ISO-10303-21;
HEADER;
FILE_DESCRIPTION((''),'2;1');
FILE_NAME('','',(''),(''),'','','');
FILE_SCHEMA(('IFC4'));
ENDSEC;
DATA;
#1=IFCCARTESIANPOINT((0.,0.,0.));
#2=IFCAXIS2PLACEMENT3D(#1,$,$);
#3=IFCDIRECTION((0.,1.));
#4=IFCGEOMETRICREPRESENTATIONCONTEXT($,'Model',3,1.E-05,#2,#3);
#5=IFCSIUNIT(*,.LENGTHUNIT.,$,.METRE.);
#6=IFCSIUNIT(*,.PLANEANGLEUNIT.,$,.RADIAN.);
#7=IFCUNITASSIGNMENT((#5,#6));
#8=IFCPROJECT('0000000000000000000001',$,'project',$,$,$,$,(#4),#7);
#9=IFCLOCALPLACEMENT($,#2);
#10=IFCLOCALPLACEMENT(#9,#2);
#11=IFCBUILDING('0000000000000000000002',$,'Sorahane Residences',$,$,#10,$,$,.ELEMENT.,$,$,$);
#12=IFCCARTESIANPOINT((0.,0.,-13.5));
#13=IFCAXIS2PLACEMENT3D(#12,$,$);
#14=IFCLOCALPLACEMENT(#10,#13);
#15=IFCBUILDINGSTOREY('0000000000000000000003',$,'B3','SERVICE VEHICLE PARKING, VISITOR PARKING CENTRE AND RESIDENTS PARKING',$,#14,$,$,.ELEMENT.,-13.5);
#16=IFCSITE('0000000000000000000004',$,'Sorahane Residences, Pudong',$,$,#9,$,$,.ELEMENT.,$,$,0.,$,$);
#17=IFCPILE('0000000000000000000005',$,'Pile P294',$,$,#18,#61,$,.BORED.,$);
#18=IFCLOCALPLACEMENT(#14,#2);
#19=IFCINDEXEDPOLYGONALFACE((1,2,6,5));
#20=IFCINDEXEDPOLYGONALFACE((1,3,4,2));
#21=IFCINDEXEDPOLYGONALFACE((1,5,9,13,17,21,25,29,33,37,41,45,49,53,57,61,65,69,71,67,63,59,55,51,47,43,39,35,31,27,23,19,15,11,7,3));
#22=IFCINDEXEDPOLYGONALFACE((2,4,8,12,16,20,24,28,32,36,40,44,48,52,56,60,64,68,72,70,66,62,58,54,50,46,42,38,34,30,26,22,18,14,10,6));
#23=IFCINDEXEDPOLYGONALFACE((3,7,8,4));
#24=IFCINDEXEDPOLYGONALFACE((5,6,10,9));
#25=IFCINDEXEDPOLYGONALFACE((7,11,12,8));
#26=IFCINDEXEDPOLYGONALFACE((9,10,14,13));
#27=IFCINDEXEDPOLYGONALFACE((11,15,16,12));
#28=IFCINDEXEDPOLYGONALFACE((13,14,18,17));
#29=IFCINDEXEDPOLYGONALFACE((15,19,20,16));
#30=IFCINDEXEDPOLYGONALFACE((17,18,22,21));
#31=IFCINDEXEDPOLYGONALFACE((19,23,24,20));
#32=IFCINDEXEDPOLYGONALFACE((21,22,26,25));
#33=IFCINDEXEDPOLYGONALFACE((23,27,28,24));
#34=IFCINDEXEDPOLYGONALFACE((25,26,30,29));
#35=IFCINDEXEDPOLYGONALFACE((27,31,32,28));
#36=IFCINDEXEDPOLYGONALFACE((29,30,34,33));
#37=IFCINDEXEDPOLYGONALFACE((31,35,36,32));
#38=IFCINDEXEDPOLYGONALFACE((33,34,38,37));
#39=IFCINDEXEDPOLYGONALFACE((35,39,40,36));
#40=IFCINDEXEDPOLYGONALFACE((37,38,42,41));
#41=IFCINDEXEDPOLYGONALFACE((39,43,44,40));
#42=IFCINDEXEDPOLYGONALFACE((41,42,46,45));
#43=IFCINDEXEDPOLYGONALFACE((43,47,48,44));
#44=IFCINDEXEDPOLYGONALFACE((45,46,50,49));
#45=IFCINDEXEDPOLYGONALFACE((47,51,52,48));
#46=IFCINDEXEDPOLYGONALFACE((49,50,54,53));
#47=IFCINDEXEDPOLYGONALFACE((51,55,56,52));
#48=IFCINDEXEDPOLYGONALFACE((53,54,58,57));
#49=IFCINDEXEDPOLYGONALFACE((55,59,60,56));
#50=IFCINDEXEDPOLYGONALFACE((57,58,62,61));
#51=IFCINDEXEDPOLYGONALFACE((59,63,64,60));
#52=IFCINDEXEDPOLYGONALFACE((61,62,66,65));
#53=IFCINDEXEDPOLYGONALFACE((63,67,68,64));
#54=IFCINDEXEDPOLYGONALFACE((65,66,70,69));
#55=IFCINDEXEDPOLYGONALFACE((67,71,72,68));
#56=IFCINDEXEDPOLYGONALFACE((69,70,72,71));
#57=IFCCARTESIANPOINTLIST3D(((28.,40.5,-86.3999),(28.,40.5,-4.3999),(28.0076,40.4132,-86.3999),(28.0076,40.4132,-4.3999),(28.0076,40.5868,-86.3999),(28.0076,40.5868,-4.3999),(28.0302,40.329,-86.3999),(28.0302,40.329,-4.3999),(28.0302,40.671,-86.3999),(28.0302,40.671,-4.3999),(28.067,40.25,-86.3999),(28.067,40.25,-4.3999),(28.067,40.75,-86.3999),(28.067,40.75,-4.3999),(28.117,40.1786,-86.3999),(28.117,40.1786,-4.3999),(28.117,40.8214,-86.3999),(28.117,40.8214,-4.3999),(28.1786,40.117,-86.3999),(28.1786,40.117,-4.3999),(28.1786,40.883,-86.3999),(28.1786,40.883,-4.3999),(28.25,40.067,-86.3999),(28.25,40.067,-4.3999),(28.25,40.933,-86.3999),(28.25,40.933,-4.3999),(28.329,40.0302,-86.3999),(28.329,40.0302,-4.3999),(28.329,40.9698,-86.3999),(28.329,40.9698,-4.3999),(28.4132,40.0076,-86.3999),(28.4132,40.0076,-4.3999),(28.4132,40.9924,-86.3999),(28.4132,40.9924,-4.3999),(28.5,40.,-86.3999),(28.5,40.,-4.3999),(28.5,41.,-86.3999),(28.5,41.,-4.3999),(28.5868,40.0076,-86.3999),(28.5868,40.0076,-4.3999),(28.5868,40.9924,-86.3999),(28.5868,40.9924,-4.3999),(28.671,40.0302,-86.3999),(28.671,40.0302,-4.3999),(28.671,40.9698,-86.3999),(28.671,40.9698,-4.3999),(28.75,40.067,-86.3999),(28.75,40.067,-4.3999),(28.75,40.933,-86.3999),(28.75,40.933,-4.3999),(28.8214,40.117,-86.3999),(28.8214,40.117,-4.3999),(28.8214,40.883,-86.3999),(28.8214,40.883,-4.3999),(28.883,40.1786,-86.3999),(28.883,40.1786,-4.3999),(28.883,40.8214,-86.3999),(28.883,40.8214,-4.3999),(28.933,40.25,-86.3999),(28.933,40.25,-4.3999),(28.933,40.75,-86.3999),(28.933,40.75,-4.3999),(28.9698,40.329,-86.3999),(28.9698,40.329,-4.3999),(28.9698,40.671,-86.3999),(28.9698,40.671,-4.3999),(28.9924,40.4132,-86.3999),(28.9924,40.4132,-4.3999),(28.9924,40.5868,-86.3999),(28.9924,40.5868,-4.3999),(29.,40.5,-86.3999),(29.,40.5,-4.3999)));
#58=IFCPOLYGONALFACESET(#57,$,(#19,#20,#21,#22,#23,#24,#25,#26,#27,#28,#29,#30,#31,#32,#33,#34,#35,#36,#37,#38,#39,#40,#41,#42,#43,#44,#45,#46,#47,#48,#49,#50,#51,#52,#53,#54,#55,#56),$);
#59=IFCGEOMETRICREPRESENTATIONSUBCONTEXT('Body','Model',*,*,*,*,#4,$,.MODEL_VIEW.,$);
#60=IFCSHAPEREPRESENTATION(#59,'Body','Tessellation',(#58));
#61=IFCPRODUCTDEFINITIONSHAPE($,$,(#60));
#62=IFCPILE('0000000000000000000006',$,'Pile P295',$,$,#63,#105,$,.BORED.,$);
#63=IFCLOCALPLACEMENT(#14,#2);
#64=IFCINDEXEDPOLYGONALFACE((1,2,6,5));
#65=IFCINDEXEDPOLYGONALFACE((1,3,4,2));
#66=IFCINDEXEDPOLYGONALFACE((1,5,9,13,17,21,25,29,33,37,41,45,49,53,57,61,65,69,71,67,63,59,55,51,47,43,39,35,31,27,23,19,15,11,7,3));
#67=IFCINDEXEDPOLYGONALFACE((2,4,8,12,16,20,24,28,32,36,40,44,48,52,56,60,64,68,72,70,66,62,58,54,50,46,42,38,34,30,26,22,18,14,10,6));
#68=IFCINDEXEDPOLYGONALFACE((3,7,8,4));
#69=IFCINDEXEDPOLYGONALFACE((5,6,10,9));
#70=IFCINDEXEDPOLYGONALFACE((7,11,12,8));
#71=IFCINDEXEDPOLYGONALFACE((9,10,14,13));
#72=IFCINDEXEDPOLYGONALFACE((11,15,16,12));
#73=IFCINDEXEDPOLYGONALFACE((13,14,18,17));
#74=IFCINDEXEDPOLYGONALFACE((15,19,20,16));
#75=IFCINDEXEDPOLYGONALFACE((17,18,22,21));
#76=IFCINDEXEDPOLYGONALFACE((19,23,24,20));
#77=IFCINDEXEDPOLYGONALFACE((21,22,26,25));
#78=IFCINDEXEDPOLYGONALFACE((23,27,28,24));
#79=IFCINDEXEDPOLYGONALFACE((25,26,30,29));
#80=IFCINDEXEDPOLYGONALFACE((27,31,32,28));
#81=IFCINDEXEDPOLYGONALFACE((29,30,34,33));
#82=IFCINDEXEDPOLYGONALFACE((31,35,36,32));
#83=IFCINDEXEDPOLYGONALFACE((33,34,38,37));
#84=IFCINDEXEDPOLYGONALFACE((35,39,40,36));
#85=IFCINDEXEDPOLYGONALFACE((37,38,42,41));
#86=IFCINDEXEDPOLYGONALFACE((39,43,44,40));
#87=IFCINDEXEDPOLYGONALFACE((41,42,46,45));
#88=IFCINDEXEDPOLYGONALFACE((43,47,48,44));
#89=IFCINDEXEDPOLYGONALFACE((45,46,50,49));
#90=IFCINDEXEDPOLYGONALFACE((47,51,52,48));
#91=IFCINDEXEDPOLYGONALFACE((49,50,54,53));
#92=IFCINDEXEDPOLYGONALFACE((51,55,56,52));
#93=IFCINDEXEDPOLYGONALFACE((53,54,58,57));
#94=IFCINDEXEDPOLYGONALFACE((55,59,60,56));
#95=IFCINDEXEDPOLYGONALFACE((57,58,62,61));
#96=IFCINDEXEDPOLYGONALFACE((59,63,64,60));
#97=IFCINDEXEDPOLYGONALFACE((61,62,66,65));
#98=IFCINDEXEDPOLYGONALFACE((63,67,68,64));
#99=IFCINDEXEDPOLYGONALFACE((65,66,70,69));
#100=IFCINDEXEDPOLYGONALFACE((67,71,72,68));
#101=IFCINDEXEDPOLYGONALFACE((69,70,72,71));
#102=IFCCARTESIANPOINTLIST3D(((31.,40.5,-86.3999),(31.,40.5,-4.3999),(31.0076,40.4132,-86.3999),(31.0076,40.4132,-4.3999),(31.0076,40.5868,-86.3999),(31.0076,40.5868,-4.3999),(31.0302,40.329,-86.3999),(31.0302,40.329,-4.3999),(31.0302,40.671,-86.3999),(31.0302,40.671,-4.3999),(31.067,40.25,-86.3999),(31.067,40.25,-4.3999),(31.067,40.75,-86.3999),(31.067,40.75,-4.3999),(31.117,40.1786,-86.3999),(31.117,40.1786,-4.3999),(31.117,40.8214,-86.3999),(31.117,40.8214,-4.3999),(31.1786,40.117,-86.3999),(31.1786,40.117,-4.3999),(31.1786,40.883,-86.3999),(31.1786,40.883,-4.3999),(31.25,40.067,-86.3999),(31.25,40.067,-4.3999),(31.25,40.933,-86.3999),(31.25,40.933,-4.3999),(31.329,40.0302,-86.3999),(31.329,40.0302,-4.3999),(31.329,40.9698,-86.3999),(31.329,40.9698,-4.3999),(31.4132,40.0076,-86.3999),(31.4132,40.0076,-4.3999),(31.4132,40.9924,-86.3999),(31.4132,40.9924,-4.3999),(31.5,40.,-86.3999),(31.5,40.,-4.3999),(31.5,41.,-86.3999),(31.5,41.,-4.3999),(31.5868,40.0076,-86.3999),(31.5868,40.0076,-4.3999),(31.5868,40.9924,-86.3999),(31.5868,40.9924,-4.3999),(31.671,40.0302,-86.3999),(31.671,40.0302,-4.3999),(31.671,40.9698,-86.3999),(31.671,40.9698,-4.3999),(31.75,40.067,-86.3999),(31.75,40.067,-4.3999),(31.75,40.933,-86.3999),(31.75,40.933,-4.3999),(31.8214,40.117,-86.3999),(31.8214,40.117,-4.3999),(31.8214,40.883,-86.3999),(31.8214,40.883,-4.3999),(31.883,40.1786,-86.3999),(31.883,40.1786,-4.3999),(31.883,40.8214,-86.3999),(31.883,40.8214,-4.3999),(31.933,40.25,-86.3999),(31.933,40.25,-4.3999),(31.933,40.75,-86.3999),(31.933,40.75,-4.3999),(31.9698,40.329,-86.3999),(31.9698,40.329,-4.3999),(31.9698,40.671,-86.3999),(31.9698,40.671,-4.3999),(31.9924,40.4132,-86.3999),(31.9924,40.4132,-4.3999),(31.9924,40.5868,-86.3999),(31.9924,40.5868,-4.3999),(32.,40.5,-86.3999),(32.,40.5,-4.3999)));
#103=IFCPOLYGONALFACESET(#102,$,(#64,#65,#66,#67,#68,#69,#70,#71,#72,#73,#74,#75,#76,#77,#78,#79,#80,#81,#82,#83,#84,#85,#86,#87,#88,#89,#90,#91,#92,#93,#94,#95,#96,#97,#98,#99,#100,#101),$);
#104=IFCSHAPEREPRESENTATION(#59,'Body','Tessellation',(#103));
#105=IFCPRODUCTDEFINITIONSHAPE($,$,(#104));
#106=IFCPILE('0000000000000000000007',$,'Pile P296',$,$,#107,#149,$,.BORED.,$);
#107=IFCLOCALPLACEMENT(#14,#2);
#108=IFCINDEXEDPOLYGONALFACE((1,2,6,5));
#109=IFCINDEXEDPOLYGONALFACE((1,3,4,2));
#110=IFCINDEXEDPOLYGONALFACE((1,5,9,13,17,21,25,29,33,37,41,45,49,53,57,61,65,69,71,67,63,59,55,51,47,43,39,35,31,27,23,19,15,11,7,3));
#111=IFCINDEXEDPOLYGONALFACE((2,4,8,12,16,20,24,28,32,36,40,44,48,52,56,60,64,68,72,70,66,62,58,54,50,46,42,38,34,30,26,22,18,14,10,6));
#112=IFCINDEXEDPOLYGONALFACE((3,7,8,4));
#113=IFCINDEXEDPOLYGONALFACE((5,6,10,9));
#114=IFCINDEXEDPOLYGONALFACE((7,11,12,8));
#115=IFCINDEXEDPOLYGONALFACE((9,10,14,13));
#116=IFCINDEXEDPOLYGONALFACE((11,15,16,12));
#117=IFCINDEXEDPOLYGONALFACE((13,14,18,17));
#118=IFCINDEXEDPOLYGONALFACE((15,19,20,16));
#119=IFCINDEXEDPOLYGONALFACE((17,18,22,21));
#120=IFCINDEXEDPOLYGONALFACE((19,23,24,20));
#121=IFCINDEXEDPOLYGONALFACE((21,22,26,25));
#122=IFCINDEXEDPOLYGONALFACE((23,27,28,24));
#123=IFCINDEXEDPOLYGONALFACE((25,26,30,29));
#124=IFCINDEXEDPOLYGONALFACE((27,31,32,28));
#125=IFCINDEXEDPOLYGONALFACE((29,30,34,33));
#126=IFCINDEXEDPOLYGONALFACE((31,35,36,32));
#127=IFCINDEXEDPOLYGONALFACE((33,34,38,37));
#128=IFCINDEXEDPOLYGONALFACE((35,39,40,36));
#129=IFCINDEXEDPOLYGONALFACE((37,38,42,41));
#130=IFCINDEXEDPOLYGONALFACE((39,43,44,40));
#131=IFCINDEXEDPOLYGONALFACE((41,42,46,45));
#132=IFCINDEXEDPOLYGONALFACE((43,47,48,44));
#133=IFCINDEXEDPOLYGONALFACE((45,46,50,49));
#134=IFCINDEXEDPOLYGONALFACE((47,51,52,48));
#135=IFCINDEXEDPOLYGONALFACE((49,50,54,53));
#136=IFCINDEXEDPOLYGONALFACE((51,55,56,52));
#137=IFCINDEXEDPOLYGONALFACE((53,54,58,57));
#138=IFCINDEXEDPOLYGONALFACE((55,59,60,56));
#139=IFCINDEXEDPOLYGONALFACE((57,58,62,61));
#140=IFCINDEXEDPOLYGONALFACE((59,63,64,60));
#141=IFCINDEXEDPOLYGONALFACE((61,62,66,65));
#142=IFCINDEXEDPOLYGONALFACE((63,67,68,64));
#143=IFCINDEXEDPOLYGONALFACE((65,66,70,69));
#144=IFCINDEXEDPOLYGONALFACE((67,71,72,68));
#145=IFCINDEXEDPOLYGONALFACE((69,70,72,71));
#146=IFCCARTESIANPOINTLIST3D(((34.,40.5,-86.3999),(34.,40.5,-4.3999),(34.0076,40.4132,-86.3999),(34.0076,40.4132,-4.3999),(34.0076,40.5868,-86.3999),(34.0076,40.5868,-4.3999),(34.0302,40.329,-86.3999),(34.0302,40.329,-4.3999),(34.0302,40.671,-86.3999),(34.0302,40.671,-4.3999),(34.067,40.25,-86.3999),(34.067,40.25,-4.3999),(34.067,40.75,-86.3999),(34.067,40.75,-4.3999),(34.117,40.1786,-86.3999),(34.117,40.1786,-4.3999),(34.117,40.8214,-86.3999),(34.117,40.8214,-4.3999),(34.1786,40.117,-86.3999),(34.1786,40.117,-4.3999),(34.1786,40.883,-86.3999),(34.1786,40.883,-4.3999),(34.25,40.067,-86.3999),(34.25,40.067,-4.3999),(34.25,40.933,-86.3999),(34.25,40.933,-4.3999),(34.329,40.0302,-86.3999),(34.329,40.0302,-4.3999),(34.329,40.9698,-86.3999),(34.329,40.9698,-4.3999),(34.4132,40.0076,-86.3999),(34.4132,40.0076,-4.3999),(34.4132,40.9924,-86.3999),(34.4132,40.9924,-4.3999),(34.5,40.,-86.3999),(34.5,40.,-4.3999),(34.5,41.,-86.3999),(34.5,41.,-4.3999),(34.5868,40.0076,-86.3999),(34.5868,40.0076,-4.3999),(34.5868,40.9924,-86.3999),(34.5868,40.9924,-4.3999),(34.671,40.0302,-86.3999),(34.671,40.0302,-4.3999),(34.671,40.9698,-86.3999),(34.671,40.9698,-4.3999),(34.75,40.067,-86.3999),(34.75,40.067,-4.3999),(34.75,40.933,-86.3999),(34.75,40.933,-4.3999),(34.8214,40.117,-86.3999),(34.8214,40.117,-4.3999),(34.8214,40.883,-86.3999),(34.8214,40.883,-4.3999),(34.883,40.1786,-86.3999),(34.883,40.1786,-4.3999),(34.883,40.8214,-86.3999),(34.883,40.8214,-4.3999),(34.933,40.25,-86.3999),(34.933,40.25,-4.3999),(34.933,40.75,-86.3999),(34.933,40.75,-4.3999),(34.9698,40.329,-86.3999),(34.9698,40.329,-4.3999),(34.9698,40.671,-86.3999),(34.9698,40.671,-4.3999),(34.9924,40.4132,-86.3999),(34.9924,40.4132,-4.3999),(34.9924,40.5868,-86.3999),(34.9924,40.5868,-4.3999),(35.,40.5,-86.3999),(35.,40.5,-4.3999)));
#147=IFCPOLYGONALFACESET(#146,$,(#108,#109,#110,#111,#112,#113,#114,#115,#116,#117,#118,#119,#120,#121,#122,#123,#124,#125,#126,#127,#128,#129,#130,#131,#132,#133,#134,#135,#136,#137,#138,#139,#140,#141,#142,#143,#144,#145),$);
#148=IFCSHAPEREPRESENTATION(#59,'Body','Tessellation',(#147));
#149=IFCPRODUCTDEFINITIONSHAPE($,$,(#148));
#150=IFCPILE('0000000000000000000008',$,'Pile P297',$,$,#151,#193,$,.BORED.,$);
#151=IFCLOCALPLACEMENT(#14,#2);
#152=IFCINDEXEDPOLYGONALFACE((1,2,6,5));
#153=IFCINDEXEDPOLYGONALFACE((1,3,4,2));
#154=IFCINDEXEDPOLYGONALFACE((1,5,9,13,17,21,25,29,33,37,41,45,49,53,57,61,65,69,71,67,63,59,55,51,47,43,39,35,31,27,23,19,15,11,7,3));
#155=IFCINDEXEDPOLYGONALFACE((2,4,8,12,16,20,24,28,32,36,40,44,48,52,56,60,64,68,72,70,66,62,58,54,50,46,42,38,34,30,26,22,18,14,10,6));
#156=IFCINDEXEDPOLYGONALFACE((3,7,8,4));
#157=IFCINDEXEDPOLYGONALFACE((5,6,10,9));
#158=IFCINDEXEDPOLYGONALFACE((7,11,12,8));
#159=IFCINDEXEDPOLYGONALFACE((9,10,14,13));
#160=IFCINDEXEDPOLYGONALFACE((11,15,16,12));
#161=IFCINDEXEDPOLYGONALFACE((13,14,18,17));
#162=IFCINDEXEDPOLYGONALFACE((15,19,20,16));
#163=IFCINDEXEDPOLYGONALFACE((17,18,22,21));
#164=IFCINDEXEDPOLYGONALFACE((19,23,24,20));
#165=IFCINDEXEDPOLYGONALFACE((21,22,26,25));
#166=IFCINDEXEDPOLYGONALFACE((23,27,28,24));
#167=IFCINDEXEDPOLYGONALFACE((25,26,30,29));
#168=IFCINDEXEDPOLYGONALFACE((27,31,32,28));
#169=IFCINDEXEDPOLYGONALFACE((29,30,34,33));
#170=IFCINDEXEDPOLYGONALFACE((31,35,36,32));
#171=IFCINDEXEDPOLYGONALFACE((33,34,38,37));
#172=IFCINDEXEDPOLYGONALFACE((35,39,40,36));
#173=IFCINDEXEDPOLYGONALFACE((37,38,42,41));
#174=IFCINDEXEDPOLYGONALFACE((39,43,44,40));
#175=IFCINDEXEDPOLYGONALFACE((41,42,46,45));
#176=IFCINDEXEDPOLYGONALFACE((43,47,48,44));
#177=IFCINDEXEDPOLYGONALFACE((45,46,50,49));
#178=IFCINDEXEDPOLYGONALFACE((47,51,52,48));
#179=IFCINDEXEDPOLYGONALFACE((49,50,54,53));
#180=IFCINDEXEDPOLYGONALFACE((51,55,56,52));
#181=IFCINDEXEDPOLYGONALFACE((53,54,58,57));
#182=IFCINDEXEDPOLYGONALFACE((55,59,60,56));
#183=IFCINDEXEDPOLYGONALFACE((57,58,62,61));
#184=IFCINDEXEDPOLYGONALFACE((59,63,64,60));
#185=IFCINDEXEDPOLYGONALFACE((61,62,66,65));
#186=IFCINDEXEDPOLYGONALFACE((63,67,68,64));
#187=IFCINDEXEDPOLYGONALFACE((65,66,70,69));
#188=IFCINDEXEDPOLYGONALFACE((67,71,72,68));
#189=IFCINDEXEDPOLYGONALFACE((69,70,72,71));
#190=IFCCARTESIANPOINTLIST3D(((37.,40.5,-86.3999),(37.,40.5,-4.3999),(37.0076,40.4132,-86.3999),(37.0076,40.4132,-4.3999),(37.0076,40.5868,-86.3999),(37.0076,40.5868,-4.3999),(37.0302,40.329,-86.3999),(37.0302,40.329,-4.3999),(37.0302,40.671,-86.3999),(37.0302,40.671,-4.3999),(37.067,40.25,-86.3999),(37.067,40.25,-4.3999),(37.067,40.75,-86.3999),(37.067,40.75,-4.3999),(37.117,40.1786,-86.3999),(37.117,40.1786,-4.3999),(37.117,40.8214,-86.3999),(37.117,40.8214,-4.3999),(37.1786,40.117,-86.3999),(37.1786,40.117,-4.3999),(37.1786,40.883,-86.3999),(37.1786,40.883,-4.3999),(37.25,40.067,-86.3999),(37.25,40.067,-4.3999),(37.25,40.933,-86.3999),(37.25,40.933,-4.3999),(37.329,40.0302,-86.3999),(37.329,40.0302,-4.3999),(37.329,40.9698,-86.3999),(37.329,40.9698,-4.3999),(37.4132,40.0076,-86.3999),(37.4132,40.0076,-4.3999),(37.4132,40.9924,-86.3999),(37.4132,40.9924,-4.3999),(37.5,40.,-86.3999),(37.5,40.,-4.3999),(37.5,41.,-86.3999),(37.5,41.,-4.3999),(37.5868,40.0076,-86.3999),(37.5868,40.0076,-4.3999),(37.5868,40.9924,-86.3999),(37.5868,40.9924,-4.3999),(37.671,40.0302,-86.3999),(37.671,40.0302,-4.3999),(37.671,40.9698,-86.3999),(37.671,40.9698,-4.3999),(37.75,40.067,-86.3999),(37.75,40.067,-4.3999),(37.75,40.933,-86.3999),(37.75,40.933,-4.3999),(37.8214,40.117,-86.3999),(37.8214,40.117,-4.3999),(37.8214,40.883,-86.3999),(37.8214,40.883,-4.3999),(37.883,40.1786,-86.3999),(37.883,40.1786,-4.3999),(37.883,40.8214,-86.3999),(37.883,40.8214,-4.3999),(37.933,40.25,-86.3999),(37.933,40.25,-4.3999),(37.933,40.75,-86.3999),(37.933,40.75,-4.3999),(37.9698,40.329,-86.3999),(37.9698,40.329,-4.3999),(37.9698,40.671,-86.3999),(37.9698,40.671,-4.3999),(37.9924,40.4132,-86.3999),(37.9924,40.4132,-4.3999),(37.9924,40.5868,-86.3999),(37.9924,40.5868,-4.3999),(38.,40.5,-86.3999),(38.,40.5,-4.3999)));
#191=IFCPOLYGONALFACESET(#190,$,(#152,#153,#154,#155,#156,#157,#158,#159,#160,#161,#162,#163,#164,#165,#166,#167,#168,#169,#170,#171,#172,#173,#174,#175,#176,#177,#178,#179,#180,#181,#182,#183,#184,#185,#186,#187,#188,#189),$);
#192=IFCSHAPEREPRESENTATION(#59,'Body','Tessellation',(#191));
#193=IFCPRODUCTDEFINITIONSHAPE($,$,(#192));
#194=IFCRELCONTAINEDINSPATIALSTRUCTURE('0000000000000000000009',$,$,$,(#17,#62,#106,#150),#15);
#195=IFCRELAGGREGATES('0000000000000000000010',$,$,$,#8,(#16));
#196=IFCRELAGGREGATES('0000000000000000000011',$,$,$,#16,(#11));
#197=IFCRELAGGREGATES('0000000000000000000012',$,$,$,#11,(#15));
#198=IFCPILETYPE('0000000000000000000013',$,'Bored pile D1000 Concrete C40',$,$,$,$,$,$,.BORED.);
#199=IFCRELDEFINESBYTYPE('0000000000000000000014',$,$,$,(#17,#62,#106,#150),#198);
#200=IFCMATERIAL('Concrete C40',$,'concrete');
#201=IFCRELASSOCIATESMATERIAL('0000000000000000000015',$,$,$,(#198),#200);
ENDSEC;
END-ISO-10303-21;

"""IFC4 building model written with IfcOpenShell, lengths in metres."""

from ifc_helpers import new_model, si_unit, direction, frame, origin, origin_2d, place, context, subcontext, project, spatial, circle, extrude, material, material_profile, profile_set, type_object, element, save


model = new_model("IFC4")

# Units and contexts
model_context = context("Model", 3, precision=1e-05, world=origin(), true_north=direction((0.0, 1.0)))
body_context = subcontext(model_context, "Body", "Model", "MODEL_VIEW")
ifc_project = project(units=[si_unit("LENGTHUNIT", "METRE"), si_unit("PLANEANGLEUNIT", "RADIAN")], contexts=[model_context])

# Site, building, storey
site_placement = place(None, origin())
site = spatial("IfcSite", under=ifc_project, at=site_placement, Name="Sorahane Residences, Pudong", CompositionType="ELEMENT", RefElevation=0.0)
building_placement = place(site_placement, origin())
building = spatial("IfcBuilding", under=site, at=building_placement, Name="Sorahane Residences", CompositionType="ELEMENT")
storey_placement = place(building_placement, frame((0.0, 0.0, -13.5)))
storey = spatial("IfcBuildingStorey", under=building, at=storey_placement, Name="B3", Description="SERVICE VEHICLE PARKING, VISITOR PARKING CENTRE AND RESIDENTS PARKING", CompositionType="ELEMENT", Elevation=-13.5)

# Piles
ifc_material_1 = material(Name="Concrete C40", Category="concrete")
ifc_material_profile_1 = material_profile(ifc_material_1, circle(Radius=0.5, at=origin_2d()), Name="D1000")
ifc_profile_set_1 = profile_set([ifc_material_profile_1], Name="Concrete C40")
pile_type = type_object("IfcPileType", Name="Bored pile D1000 Concrete C40", PredefinedType="BORED", material=ifc_profile_set_1)
for number, where, z_axis, x_axis, name in (
    (1, (28.5, 40.5, -4.3999), (0.0, 0.0, -1.0), (1.0, 0.0, 0.0), "Pile P294"),
    (2, (31.5, 40.5, -4.3999), (0.0, 0.0, -1.0), (1.0, 0.0, 0.0), "Pile P295"),
    (3, (34.5, 40.5, -4.3999), (0.0, 0.0, -1.0), (1.0, 0.0, 0.0), "Pile P296"),
    (4, (37.5, 40.5, -4.3999), (0.0, 0.0, -1.0), (1.0, 0.0, 0.0), "Pile P297"),
):
    element("IfcPile", number, at=place(storey_placement, frame(where, z_axis=z_axis, x_axis=x_axis)), inside=storey, type_object=pile_type, Name=name, PredefinedType="BORED", context=body_context, shape_type="SweptSolid", body=[
        extrude(circle(Radius=0.5, at=origin_2d()), origin(), (0.0, 0.0, 1.0), 82.0),
    ])

save(model, "model.ifc")
